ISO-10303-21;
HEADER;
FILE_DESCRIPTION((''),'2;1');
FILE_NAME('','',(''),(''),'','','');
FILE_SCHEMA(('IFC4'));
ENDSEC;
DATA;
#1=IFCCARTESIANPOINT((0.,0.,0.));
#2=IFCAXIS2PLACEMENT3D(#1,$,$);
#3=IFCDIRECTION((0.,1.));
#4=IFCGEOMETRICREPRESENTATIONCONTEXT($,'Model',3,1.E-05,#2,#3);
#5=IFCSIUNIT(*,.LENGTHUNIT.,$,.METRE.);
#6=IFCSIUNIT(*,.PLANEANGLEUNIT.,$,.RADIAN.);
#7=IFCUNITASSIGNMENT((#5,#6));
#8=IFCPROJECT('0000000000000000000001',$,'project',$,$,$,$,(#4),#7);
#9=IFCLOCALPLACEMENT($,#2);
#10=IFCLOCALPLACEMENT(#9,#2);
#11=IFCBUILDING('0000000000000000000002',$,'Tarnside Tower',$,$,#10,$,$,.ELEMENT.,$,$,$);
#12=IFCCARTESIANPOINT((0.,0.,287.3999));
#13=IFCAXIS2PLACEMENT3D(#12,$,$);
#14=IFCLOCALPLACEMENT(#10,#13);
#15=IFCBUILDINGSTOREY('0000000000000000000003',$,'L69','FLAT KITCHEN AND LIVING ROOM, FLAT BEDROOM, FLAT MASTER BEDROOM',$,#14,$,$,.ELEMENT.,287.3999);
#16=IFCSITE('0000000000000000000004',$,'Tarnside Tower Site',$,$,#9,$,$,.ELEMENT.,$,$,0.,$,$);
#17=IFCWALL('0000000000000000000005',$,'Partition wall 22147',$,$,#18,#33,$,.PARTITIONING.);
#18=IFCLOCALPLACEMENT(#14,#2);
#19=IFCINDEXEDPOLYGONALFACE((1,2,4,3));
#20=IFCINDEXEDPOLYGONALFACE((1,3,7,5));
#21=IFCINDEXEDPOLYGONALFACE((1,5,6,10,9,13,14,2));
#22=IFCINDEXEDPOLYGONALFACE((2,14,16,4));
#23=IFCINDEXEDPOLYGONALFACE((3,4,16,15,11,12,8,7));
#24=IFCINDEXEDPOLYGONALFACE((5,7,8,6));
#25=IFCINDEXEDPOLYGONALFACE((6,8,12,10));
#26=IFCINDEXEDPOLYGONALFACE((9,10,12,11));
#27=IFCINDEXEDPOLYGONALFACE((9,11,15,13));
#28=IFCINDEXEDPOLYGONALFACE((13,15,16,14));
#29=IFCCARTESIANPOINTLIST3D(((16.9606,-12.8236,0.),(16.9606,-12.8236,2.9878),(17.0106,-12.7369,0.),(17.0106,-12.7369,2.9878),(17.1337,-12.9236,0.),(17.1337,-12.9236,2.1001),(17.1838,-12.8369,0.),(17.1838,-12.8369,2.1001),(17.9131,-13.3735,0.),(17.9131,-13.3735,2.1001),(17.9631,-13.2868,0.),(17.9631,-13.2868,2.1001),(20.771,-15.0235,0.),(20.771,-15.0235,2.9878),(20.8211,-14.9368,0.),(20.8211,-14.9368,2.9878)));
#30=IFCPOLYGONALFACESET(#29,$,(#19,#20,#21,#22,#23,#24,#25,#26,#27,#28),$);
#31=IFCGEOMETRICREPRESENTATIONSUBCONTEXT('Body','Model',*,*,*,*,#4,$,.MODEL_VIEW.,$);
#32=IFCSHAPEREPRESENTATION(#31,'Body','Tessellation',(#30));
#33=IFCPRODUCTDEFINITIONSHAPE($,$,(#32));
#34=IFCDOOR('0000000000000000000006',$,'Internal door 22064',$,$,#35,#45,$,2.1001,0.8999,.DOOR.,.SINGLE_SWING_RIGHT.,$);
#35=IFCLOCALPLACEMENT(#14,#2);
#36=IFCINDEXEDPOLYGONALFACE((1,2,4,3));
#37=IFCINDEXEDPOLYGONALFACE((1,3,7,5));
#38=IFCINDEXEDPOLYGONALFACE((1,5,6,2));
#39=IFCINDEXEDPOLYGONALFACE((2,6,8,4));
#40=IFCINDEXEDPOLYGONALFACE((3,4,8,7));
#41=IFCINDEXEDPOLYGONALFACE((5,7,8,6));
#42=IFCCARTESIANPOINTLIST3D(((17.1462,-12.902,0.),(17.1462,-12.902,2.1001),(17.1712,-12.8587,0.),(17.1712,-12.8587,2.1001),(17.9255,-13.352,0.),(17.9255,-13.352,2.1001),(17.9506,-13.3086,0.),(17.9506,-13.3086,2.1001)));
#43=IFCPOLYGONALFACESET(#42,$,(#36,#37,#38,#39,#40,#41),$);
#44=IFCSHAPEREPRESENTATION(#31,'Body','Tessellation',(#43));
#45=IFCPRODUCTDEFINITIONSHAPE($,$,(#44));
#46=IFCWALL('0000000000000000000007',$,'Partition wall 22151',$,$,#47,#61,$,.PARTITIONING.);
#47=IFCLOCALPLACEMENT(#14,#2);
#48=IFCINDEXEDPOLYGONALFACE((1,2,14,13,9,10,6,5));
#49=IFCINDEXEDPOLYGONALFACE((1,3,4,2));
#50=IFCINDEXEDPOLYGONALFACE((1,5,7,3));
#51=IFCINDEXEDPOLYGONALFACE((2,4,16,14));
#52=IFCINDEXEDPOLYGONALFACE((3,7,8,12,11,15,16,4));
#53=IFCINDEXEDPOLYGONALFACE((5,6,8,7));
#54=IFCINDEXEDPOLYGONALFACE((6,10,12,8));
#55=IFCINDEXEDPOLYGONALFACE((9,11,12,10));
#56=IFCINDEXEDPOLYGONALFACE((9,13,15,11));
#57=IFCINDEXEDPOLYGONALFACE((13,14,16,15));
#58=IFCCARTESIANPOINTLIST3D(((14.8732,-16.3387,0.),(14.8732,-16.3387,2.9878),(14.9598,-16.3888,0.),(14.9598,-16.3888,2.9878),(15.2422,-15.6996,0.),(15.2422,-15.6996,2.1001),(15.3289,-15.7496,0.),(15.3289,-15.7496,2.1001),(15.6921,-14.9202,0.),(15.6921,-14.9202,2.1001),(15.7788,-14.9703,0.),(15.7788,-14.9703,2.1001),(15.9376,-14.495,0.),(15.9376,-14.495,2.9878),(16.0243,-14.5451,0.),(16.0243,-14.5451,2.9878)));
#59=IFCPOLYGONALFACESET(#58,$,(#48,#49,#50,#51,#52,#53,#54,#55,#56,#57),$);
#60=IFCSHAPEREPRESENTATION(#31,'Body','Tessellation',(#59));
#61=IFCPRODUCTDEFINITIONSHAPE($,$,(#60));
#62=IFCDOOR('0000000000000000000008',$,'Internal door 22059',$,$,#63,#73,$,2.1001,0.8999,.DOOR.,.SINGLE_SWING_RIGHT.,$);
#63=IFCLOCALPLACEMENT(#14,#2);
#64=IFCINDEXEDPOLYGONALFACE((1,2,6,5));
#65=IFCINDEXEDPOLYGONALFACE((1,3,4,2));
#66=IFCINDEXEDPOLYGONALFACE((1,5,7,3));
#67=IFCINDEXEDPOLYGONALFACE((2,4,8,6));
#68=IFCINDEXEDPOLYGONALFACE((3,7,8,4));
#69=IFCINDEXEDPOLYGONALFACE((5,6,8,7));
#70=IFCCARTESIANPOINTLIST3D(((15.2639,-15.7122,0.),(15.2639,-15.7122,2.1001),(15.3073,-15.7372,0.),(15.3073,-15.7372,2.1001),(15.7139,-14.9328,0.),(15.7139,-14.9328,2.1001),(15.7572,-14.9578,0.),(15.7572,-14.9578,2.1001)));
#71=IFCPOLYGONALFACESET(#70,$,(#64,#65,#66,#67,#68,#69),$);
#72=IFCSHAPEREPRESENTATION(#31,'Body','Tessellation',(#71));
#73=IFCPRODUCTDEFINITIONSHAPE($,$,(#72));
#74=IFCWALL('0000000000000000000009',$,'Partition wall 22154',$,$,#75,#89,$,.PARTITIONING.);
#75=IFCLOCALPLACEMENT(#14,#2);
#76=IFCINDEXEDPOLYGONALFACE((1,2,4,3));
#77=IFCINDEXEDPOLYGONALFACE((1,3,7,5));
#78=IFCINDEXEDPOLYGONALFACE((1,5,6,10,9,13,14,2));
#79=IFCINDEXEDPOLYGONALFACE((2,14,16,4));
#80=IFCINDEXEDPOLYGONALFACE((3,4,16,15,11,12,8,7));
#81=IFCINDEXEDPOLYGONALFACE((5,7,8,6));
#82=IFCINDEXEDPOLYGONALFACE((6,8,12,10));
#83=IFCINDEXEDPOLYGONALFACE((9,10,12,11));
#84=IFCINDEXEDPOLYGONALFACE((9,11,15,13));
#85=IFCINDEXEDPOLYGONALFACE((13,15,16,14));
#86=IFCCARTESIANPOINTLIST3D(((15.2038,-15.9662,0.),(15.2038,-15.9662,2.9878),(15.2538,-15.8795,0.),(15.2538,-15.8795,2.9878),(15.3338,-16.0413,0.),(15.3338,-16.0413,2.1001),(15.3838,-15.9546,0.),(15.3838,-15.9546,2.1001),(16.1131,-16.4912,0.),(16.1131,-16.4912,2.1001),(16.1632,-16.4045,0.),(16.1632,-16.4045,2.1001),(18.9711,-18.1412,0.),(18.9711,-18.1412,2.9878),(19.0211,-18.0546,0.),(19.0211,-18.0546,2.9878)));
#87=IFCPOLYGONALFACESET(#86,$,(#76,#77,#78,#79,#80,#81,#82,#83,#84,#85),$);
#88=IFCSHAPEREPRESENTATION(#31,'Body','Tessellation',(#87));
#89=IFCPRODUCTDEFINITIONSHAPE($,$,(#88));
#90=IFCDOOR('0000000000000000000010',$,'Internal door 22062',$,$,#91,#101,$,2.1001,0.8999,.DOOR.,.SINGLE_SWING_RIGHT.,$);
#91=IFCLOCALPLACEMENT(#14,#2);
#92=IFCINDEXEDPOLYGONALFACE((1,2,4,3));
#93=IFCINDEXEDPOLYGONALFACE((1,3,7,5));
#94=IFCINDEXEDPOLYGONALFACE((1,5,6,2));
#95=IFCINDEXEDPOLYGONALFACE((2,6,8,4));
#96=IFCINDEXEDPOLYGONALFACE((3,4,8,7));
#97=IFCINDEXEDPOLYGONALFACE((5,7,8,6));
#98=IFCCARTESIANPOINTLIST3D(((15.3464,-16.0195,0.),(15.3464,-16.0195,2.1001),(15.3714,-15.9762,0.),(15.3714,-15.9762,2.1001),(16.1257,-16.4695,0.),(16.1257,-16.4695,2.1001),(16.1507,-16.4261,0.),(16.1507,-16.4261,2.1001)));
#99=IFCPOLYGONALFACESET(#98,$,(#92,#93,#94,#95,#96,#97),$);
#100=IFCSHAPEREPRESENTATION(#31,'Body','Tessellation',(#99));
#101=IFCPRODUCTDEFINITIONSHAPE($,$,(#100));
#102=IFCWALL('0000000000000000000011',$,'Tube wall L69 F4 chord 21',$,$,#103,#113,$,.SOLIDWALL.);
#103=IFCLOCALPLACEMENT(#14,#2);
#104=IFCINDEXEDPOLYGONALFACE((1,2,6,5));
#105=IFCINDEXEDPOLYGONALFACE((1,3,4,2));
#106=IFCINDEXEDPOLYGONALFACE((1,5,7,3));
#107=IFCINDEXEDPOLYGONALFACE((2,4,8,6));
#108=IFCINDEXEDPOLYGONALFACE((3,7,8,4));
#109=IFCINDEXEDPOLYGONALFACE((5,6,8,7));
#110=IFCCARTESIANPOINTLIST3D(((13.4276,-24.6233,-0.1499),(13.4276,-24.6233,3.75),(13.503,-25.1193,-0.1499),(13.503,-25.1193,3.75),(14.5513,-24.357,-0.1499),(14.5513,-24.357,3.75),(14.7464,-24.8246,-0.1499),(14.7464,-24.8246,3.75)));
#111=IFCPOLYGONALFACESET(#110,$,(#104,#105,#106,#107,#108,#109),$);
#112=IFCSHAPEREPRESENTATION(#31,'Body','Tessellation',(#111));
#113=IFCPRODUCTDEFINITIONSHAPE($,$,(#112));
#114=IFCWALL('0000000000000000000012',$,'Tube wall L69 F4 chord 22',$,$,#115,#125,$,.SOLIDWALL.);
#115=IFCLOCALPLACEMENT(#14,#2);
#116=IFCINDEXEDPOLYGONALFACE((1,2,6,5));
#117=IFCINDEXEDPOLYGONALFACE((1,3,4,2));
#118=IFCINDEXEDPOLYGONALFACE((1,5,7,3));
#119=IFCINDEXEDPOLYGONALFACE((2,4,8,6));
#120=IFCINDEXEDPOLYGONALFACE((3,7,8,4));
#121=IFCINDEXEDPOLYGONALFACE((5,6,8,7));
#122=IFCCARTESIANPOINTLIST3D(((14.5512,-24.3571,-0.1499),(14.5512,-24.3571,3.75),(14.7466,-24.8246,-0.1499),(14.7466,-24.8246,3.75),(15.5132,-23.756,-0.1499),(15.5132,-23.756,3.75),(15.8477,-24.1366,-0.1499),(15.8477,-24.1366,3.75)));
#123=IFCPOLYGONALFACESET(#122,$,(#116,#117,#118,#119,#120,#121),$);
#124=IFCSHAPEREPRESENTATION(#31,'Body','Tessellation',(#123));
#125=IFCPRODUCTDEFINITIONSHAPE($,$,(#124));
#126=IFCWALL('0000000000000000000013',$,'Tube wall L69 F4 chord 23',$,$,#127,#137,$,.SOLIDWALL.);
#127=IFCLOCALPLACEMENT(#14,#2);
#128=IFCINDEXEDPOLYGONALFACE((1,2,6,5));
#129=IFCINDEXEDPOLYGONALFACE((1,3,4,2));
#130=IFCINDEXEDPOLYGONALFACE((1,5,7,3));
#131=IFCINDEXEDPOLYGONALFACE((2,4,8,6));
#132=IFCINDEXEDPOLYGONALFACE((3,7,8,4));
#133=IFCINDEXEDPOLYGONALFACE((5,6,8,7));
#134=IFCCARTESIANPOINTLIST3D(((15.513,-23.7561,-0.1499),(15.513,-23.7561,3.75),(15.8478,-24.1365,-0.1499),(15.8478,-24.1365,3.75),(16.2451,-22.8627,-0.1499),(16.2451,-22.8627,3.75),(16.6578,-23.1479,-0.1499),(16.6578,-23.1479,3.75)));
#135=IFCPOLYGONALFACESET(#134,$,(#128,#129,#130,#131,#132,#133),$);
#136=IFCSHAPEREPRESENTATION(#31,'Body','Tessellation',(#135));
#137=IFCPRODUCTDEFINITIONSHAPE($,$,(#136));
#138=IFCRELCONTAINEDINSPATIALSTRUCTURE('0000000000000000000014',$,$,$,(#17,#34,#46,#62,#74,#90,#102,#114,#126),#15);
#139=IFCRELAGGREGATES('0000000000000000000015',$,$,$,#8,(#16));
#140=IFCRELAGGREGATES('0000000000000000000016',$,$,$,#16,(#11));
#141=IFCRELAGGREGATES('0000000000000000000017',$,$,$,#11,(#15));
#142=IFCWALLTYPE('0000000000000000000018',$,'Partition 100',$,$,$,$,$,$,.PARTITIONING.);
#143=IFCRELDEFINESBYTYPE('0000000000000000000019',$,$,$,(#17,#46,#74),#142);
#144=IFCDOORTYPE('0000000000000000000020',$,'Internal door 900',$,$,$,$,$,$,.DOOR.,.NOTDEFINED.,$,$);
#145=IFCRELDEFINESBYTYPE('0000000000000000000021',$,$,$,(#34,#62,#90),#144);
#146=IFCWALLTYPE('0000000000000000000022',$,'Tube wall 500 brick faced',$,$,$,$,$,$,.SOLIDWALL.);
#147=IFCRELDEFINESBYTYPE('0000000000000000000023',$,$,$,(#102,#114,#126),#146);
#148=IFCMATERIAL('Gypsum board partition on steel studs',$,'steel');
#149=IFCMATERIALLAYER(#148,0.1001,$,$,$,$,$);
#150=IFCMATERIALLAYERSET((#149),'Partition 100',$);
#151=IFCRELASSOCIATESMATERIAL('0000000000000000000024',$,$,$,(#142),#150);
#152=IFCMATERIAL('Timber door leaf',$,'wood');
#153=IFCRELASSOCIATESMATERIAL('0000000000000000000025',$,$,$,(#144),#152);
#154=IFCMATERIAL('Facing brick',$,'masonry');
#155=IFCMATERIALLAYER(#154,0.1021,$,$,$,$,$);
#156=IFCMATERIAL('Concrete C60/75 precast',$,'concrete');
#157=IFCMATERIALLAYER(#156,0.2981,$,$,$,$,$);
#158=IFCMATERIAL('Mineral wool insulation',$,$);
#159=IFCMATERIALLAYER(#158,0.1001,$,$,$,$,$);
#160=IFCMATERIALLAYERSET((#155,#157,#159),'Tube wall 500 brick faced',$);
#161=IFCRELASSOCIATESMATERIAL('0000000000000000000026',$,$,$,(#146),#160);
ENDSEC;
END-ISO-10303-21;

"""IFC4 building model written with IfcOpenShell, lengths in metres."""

from ifc_helpers import new_model, si_unit, direction, frame, frame_2d, origin, place, context, subcontext, project, spatial, polyline, rectangle, outline, extrude, material, layer, layer_set, type_object, element, fill, save


model = new_model("IFC4")

# Units and contexts
model_context = context("Model", 3, precision=1e-05, world=origin(), true_north=direction((0.0, 1.0)))
body_context = subcontext(model_context, "Body", "Model", "MODEL_VIEW")
ifc_project = project(units=[si_unit("LENGTHUNIT", "METRE"), si_unit("PLANEANGLEUNIT", "RADIAN")], contexts=[model_context])

# Site, building, storey
site_placement = place(None, origin())
site = spatial("IfcSite", under=ifc_project, at=site_placement, Name="Tarnside Tower Site", CompositionType="ELEMENT", RefElevation=0.0)
building_placement = place(site_placement, origin())
building = spatial("IfcBuilding", under=site, at=building_placement, Name="Tarnside Tower", CompositionType="ELEMENT")
storey_placement = place(building_placement, frame((0.0, 0.0, 287.3999)))
storey = spatial("IfcBuildingStorey", under=building, at=storey_placement, Name="L69", Description="FLAT KITCHEN AND LIVING ROOM, FLAT BEDROOM, FLAT MASTER BEDROOM", CompositionType="ELEMENT", Elevation=287.3999)

# Shared definitions
ifc_material_1 = material(Name="Gypsum board partition on steel studs", Category="steel")
ifc_material_2 = material(Name="Timber door leaf", Category="wood")

# Shared definitions
ifc_material_3 = material(Name="Concrete C60/75 precast", Category="concrete")
ifc_material_4 = material(Name="Mineral wool insulation")

# Walls, openings, doors
ifc_layer_1 = layer(ifc_material_1, 0.1001)
ifc_layer_set_1 = layer_set([ifc_layer_1], Name="Partition 100")
wall_type_1 = type_object("IfcWallType", Name="Partition 100", PredefinedType="PARTITIONING", material=ifc_layer_set_1)
wall_1_placement = place(storey_placement, frame((16.9856, -12.7803, 0.0), z_axis=(0.0, 0.0, 1.0), x_axis=(0.866032, -0.499988, 0.0)))
wall_1 = element("IfcWall", 1, at=wall_1_placement, inside=storey, type_object=wall_type_1, Name="Partition wall 22147", PredefinedType="PARTITIONING", context=body_context, shape_type="SweptSolid", body=[
    extrude(rectangle(XDim=4.3999, YDim=0.1001, at=frame_2d((2.2, 0.0))), origin(), (0.0, 0.0, 1.0), 2.9878),
])
opening_1_placement = place(wall_1_placement, frame((0.2, 0.0, 0.0)))
opening_1 = element("IfcOpeningElement", 2, at=opening_1_placement, cuts=wall_1, PredefinedType="OPENING", context=body_context, shape_type="SweptSolid", body=[
    extrude(rectangle(XDim=0.8999, YDim=2.1001, at=frame_2d((0.45, 1.05))), frame((0.0, 0.0601, 0.0), z_axis=(0.0, -1.0, 0.0), x_axis=(1.0, 0.0, 0.0)), (0.0, 0.0, 1.0), 0.1201),
])
door_type_1 = type_object("IfcDoorType", Name="Internal door 900", OperationType="NOTDEFINED", PredefinedType="DOOR", material=ifc_material_2)
door_1_placement = place(opening_1_placement, origin())
door_1 = element("IfcDoor", 3, at=door_1_placement, inside=storey, type_object=door_type_1, Name="Internal door 22064", OperationType="SINGLE_SWING_RIGHT", OverallHeight=2.1001, OverallWidth=0.8999, PredefinedType="DOOR", context=body_context, shape_type="SweptSolid", body=[
    extrude(rectangle(XDim=0.8999, YDim=2.1001, at=frame_2d((0.45, 1.05))), frame((0.0, 0.0249, 0.0), z_axis=(0.0, -1.0, 0.0), x_axis=(1.0, 0.0, 0.0)), (0.0, 0.0, 1.0), 0.05),
])
fill(opening_1, door_1)
wall_2_placement = place(storey_placement, frame((14.9165, -16.3638, 0.0), z_axis=(0.0, 0.0, 1.0), x_axis=(0.499987, 0.866033, 0.0)))
wall_2 = element("IfcWall", 4, at=wall_2_placement, inside=storey, type_object=wall_type_1, Name="Partition wall 22151", PredefinedType="PARTITIONING", context=body_context, shape_type="SweptSolid", body=[
    extrude(rectangle(XDim=2.1289, YDim=0.1001, at=frame_2d((1.0645, 0.0))), origin(), (0.0, 0.0, 1.0), 2.9878),
])
opening_2_placement = place(wall_2_placement, frame((0.738, 0.0, 0.0)))
opening_2 = element("IfcOpeningElement", 5, at=opening_2_placement, cuts=wall_2, PredefinedType="OPENING", context=body_context, shape_type="SweptSolid", body=[
    extrude(rectangle(XDim=0.8999, YDim=2.1001, at=frame_2d((0.45, 1.05))), frame((0.0, 0.0601, 0.0), z_axis=(0.0, -1.0, 0.0), x_axis=(1.0, 0.0, 0.0)), (0.0, 0.0, 1.0), 0.1201),
])
door_2_placement = place(opening_2_placement, origin())
door_2 = element("IfcDoor", 6, at=door_2_placement, inside=storey, type_object=door_type_1, Name="Internal door 22059", OperationType="SINGLE_SWING_RIGHT", OverallHeight=2.1001, OverallWidth=0.8999, PredefinedType="DOOR", context=body_context, shape_type="SweptSolid", body=[
    extrude(rectangle(XDim=0.8999, YDim=2.1001, at=frame_2d((0.45, 1.05))), frame((0.0, 0.0249, 0.0), z_axis=(0.0, -1.0, 0.0), x_axis=(1.0, 0.0, 0.0)), (0.0, 0.0, 1.0), 0.05),
])
fill(opening_2, door_2)
wall_3_placement = place(storey_placement, frame((18.9961, -18.0979, 0.0), z_axis=(0.0, 0.0, 1.0), x_axis=(-0.866028, 0.499996, 0.0)))
wall_3 = element("IfcWall", 7, at=wall_3_placement, inside=storey, type_object=wall_type_1, Name="Partition wall 22154", PredefinedType="PARTITIONING", context=body_context, shape_type="SweptSolid", body=[
    extrude(rectangle(XDim=4.3501, YDim=0.1001, at=frame_2d((2.175, 0.0))), origin(), (0.0, 0.0, 1.0), 2.9878),
])
opening_3_placement = place(wall_3_placement, frame((3.3, 0.0, 0.0)))
opening_3 = element("IfcOpeningElement", 8, at=opening_3_placement, cuts=wall_3, PredefinedType="OPENING", context=body_context, shape_type="SweptSolid", body=[
    extrude(rectangle(XDim=0.8999, YDim=2.1001, at=frame_2d((0.45, 1.05))), frame((0.0, 0.0601, 0.0), z_axis=(0.0, -1.0, 0.0), x_axis=(1.0, 0.0, 0.0)), (0.0, 0.0, 1.0), 0.1201),
])
door_3_placement = place(opening_3_placement, origin())
door_3 = element("IfcDoor", 9, at=door_3_placement, inside=storey, type_object=door_type_1, Name="Internal door 22062", OperationType="SINGLE_SWING_RIGHT", OverallHeight=2.1001, OverallWidth=0.8999, PredefinedType="DOOR", context=body_context, shape_type="SweptSolid", body=[
    extrude(rectangle(XDim=0.8999, YDim=2.1001, at=frame_2d((0.45, 1.05))), frame((0.0, 0.0249, 0.0), z_axis=(0.0, -1.0, 0.0), x_axis=(1.0, 0.0, 0.0)), (0.0, 0.0, 1.0), 0.05),
])
fill(opening_3, door_3)

# Walls
ifc_material_5 = material(Name="Facing brick", Category="masonry")
ifc_layer_2 = layer(ifc_material_5, 0.1021)
ifc_layer_3 = layer(ifc_material_3, 0.2981)
ifc_layer_4 = layer(ifc_material_4, 0.1001)
ifc_layer_set_2 = layer_set([ifc_layer_2, ifc_layer_3, ifc_layer_4], Name="Tube wall 500 brick faced")
wall_type_2 = type_object("IfcWallType", Name="Tube wall 500 brick faced", PredefinedType="SOLIDWALL", material=ifc_layer_set_2)
wall_4_placement = place(storey_placement, frame((13.4653, -24.8713, -0.1499), z_axis=(0.0, 0.0, 1.0), x_axis=(0.973045, 0.230616, 0.0)))
element("IfcWall", 10, at=wall_4_placement, inside=storey, type_object=wall_type_2, Name="Tube wall L69 F4 chord 21", PredefinedType="SOLIDWALL", context=body_context, shape_type="SweptSolid", body=[
    extrude(outline(polyline([(-0.0205, -0.25), (1.2573, -0.25), (1.1753, 0.25), (0.0205, 0.25), (-0.0205, -0.25)])), origin(), (0.0, 0.0, 1.0), 3.8999),
])
wall_5_placement = place(storey_placement, frame((14.6489, -24.5908, -0.1499), z_axis=(0.0, 0.0, 1.0), x_axis=(0.848055, 0.529909, 0.0)))
element("IfcWall", 11, at=wall_5_placement, inside=storey, type_object=wall_type_2, Name="Tube wall L69 F4 chord 22", PredefinedType="SOLIDWALL", context=body_context, shape_type="SweptSolid", body=[
    extrude(outline(polyline([(-0.041, -0.25), (1.2573, -0.25), (1.1753, 0.25), (0.041, 0.25), (-0.041, -0.25)])), origin(), (0.0, 0.0, 1.0), 3.8999),
])
wall_6_placement = place(storey_placement, frame((15.6804, -23.9463, -0.1499), z_axis=(0.0, 0.0, 1.0), x_axis=(0.633806, 0.773492, 0.0)))
element("IfcWall", 12, at=wall_6_placement, inside=storey, type_object=wall_type_2, Name="Tube wall L69 F4 chord 23", PredefinedType="SOLIDWALL", context=body_context, shape_type="SweptSolid", body=[
    extrude(outline(polyline([(-0.041, -0.25), (1.2371, -0.25), (1.196, 0.25), (0.041, 0.25), (-0.041, -0.25)])), origin(), (0.0, 0.0, 1.0), 3.8999),
])

save(model, "model.ifc")
